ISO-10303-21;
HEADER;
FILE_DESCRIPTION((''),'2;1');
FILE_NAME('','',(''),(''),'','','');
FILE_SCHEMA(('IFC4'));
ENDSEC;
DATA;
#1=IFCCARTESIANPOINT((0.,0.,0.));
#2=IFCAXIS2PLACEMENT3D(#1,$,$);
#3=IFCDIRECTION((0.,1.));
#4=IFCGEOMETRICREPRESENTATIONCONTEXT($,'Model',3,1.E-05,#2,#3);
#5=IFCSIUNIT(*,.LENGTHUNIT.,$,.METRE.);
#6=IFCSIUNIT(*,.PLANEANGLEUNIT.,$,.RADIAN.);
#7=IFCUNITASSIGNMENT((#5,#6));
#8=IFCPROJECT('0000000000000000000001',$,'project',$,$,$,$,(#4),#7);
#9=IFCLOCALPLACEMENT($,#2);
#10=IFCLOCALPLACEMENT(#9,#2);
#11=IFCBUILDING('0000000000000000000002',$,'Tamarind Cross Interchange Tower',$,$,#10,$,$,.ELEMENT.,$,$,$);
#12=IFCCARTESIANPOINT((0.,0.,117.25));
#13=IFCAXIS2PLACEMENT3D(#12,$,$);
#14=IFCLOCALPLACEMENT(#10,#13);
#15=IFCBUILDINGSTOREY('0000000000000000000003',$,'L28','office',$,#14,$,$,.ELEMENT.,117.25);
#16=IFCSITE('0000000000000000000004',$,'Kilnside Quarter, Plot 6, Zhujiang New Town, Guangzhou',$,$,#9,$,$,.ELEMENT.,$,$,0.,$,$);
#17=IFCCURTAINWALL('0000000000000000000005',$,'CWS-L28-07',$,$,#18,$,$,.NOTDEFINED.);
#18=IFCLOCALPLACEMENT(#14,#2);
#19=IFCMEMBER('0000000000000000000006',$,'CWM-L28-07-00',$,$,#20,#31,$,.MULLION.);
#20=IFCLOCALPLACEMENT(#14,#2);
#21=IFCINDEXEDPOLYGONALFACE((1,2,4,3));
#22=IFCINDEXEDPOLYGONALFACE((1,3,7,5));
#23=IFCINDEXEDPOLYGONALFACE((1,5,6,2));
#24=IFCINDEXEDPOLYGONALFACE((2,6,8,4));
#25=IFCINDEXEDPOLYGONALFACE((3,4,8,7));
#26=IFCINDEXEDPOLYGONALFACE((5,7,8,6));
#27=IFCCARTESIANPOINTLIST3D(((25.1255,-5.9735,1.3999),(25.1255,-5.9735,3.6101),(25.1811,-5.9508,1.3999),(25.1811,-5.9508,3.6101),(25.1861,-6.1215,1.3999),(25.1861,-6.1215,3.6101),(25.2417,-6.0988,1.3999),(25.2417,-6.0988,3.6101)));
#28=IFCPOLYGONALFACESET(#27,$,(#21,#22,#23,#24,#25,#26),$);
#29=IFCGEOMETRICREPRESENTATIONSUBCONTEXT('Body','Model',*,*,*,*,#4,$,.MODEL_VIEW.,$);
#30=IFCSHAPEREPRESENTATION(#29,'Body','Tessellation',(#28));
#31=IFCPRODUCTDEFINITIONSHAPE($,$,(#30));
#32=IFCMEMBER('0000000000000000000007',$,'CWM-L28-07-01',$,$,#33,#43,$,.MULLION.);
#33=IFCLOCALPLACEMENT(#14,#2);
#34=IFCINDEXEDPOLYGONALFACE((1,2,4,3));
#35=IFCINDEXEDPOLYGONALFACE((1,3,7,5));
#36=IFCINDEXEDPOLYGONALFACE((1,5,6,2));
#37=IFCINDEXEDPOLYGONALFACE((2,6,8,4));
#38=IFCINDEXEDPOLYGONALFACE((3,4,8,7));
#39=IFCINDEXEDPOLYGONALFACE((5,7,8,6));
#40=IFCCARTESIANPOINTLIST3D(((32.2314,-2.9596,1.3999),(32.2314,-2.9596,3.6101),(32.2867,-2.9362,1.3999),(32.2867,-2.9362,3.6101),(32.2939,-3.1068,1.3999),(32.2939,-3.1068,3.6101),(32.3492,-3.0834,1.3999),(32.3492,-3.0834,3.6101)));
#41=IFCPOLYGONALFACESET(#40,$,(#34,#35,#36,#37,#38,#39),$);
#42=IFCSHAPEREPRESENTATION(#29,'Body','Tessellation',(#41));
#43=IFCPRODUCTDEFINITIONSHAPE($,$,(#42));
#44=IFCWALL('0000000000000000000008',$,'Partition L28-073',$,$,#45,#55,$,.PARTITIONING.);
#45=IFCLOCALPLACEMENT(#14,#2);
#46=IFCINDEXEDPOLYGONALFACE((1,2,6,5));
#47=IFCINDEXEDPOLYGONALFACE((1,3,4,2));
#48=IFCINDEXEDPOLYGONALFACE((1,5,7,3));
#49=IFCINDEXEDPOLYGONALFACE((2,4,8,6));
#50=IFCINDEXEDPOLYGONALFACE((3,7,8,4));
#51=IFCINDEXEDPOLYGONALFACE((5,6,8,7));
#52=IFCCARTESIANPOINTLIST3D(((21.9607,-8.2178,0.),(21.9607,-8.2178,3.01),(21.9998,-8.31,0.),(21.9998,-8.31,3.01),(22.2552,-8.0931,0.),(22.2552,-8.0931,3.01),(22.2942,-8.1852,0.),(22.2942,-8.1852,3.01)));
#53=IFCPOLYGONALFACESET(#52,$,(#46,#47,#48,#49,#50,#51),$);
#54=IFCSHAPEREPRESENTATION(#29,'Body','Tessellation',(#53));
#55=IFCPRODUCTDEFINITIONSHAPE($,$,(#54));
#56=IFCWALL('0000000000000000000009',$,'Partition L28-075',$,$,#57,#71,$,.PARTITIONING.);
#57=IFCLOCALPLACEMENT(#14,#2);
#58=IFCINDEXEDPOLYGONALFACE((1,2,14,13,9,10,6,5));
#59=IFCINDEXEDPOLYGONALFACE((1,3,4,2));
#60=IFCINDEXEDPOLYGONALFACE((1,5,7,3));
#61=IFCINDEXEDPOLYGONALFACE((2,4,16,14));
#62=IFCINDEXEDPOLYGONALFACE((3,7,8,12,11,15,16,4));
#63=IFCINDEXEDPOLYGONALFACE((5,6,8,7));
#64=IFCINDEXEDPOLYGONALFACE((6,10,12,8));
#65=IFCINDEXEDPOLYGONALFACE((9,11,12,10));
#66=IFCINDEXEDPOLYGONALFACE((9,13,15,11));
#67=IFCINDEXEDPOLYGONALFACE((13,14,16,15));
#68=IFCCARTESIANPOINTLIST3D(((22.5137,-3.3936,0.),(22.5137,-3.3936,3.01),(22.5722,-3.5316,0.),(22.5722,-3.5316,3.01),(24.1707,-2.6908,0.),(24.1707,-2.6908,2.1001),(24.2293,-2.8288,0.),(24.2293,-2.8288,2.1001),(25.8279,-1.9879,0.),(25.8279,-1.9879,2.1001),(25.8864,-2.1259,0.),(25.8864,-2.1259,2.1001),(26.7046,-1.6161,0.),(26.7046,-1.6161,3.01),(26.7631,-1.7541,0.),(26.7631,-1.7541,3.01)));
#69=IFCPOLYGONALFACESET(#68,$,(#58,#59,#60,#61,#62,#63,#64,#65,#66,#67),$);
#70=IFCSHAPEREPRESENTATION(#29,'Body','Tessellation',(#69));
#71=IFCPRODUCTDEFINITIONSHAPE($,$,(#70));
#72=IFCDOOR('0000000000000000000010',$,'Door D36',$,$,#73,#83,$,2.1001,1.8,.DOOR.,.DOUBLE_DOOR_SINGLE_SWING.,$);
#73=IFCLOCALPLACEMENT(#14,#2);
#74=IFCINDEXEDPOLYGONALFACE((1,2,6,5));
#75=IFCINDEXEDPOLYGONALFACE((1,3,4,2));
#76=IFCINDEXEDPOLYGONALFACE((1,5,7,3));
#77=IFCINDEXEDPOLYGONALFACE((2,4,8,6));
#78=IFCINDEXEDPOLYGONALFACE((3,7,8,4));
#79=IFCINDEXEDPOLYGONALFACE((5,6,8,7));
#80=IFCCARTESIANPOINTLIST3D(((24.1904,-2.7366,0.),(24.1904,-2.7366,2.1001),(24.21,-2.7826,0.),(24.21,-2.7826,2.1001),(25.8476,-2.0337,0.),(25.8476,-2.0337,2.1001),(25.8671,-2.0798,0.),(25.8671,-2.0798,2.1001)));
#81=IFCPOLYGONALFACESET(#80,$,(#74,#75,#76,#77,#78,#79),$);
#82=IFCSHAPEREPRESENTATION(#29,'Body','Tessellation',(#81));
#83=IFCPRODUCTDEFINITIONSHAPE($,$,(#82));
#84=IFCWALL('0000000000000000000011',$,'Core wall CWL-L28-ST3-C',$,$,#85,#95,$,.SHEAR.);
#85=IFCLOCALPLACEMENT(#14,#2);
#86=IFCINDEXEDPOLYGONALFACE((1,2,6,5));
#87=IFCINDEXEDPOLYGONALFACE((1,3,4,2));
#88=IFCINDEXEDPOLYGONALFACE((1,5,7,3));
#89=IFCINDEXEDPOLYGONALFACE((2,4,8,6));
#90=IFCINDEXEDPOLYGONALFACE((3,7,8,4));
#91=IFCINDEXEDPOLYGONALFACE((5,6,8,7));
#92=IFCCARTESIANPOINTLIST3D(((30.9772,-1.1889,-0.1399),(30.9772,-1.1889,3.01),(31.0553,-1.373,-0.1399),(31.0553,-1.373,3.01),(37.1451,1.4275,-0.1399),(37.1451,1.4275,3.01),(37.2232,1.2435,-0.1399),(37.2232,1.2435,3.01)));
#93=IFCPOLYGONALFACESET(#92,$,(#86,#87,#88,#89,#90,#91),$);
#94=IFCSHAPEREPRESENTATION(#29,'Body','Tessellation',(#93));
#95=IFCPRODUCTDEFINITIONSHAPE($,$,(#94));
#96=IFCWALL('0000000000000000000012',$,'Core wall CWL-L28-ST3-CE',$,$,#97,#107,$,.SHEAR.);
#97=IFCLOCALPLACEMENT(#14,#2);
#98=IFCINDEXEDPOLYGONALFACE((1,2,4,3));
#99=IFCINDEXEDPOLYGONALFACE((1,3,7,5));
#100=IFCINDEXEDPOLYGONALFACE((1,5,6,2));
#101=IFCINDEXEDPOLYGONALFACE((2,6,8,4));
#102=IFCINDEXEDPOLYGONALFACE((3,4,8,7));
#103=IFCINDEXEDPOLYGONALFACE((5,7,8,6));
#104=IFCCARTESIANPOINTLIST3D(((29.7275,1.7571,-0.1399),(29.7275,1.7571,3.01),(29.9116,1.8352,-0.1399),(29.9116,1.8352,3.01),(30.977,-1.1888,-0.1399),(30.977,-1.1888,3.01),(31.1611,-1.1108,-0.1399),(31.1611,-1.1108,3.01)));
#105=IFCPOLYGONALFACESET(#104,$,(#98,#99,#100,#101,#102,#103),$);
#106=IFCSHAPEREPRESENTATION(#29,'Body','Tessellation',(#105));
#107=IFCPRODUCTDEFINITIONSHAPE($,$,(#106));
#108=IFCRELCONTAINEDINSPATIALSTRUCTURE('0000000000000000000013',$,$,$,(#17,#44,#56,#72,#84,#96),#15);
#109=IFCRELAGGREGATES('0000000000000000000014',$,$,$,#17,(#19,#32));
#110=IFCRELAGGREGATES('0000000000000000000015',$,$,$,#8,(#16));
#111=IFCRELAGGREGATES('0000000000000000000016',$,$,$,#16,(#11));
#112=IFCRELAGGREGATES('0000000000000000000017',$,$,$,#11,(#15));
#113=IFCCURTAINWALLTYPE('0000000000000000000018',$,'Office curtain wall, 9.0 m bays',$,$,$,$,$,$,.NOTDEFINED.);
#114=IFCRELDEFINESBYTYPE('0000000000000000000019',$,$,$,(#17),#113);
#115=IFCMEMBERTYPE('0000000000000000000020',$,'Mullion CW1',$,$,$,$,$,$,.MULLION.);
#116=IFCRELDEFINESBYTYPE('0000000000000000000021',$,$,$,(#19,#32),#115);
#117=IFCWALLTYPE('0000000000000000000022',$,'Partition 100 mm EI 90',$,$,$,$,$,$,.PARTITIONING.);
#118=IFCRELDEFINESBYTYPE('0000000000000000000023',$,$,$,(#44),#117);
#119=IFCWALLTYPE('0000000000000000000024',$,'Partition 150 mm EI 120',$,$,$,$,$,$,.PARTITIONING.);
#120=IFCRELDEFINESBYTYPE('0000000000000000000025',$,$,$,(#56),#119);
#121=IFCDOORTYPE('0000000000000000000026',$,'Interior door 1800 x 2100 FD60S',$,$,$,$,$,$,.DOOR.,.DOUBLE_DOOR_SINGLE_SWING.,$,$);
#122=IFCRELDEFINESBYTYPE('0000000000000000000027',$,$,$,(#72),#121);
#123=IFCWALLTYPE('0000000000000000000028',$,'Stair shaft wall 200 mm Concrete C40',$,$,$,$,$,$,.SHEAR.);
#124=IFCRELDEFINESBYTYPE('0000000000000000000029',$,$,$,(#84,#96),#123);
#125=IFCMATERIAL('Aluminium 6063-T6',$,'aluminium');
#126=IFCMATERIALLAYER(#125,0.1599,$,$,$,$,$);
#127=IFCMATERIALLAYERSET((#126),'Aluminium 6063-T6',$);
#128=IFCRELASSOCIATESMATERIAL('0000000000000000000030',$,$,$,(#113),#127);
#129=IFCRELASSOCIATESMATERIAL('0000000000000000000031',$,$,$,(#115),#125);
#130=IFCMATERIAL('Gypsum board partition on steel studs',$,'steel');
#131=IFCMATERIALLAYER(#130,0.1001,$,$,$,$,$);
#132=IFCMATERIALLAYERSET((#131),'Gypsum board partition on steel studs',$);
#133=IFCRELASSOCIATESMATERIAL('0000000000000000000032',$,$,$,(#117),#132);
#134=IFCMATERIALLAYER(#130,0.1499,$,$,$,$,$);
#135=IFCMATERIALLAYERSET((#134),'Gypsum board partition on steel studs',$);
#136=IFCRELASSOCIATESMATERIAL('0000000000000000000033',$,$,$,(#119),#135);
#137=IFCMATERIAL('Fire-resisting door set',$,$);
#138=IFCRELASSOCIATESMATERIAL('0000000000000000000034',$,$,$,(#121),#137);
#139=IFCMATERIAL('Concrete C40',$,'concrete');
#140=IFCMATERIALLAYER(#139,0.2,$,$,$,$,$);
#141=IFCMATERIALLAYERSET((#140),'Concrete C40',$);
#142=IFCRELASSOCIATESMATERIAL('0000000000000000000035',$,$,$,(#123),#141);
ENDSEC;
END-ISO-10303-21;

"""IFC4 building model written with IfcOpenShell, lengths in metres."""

from ifc_helpers import new_model, si_unit, direction, frame, frame_2d, origin, origin_2d, place, context, subcontext, project, spatial, rectangle, extrude, material, layer, layer_set, material_profile, profile_set, type_object, element, fill, aggregate, save


model = new_model("IFC4")

# Units and contexts
model_context = context("Model", 3, precision=1e-05, world=origin(), true_north=direction((0.0, 1.0)))
body_context = subcontext(model_context, "Body", "Model", "MODEL_VIEW")
ifc_project = project(units=[si_unit("LENGTHUNIT", "METRE"), si_unit("PLANEANGLEUNIT", "RADIAN")], contexts=[model_context])

# Site, building, storey
site_placement = place(None, origin())
site = spatial("IfcSite", under=ifc_project, at=site_placement, Name="Kilnside Quarter, Plot 6, Zhujiang New Town, Guangzhou", CompositionType="ELEMENT", RefElevation=0.0)
building_placement = place(site_placement, origin())
building = spatial("IfcBuilding", under=site, at=building_placement, Name="Tamarind Cross Interchange Tower", CompositionType="ELEMENT")
storey_placement = place(building_placement, frame((0.0, 0.0, 117.25)))
storey = spatial("IfcBuildingStorey", under=building, at=storey_placement, Name="L28", Description="office", CompositionType="ELEMENT", Elevation=117.25)

# Curtain wall, members
ifc_material_1 = material(Name="Aluminium 6063-T6", Category="aluminium")
ifc_layer_1 = layer(ifc_material_1, 0.1599)
ifc_layer_set_1 = layer_set([ifc_layer_1], Name="Aluminium 6063-T6")
curtain_wall_type = type_object("IfcCurtainWallType", Name="Office curtain wall, 9.0 m bays", PredefinedType="NOTDEFINED", material=ifc_layer_set_1)
curtain_wall_placement = place(storey_placement, origin())
curtain_wall = element("IfcCurtainWall", 1, at=curtain_wall_placement, inside=storey, type_object=curtain_wall_type, Name="CWS-L28-07", PredefinedType="NOTDEFINED")
ifc_material_profile_1 = material_profile(ifc_material_1, rectangle(XDim=0.0601, YDim=0.1599, at=origin_2d()), Name="Mullion CW1")
ifc_profile_set_1 = profile_set([ifc_material_profile_1], Name="Aluminium 6063-T6")
member_type = type_object("IfcMemberType", Name="Mullion CW1", PredefinedType="MULLION", material=ifc_profile_set_1)
member_1_placement = place(storey_placement, frame((25.1836, -6.0361, 1.3999), z_axis=(0.0, 0.0, 1.0), x_axis=(0.925507, 0.378731, 0.0)))
member_1 = element("IfcMember", 2, at=member_1_placement, type_object=member_type, Name="CWM-L28-07-00", PredefinedType="MULLION", context=body_context, shape_type="SweptSolid", body=[
    extrude(rectangle(XDim=0.0601, YDim=0.1599, at=origin_2d()), origin(), (0.0, 0.0, 1.0), 2.2102),
])
member_2_placement = place(storey_placement, frame((32.2903, -3.0215, 1.3999), z_axis=(0.0, 0.0, 1.0), x_axis=(0.920603, 0.3905, 0.0)))
member_2 = element("IfcMember", 3, at=member_2_placement, type_object=member_type, Name="CWM-L28-07-01", PredefinedType="MULLION", context=body_context, shape_type="SweptSolid", body=[
    extrude(rectangle(XDim=0.0601, YDim=0.1599, at=origin_2d()), origin(), (0.0, 0.0, 1.0), 2.2102),
])
aggregate(curtain_wall, [member_1, member_2])

# Wall
ifc_material_2 = material(Name="Gypsum board partition on steel studs", Category="steel")
ifc_layer_2 = layer(ifc_material_2, 0.1001)
ifc_layer_set_2 = layer_set([ifc_layer_2], Name="Gypsum board partition on steel studs")
wall_type_1 = type_object("IfcWallType", Name="Partition 100 mm EI 90", PredefinedType="PARTITIONING", material=ifc_layer_set_2)
wall_1_placement = place(storey_placement, frame((21.9802, -8.2639, 0.0), z_axis=(0.0, 0.0, 1.0), x_axis=(0.920756, 0.390138, 0.0)))
element("IfcWall", 4, at=wall_1_placement, inside=storey, type_object=wall_type_1, Name="Partition L28-073", PredefinedType="PARTITIONING", context=body_context, shape_type="SweptSolid", body=[
    extrude(rectangle(XDim=0.3198, YDim=0.1001, at=frame_2d((0.1599, 0.0))), origin(), (0.0, 0.0, 1.0), 3.01),
])

# Wall, opening, door
ifc_layer_3 = layer(ifc_material_2, 0.1499)
ifc_layer_set_3 = layer_set([ifc_layer_3], Name="Gypsum board partition on steel studs")
wall_type_2 = type_object("IfcWallType", Name="Partition 150 mm EI 120", PredefinedType="PARTITIONING", material=ifc_layer_set_3)
wall_2_placement = place(storey_placement, frame((22.543, -3.4626, 0.0), z_axis=(0.0, 0.0, 1.0), x_axis=(0.920612, 0.39048, 0.0)))
wall_2 = element("IfcWall", 5, at=wall_2_placement, inside=storey, type_object=wall_type_2, Name="Partition L28-075", PredefinedType="PARTITIONING", context=body_context, shape_type="SweptSolid", body=[
    extrude(rectangle(XDim=4.5522, YDim=0.1499, at=frame_2d((2.2761, 0.0))), origin(), (0.0, 0.0, 1.0), 3.01),
])
opening_placement = place(wall_2_placement, frame((1.8, 0.0, 0.0)))
opening = element("IfcOpeningElement", 6, at=opening_placement, cuts=wall_2, PredefinedType="OPENING", context=body_context, shape_type="SweptSolid", body=[
    extrude(rectangle(XDim=1.8, YDim=2.1001, at=frame_2d((0.8999, 1.05))), frame((0.0, 0.085, 0.0), z_axis=(0.0, -1.0, 0.0), x_axis=(1.0, 0.0, 0.0)), (0.0, 0.0, 1.0), 0.1699),
])
ifc_material_3 = material(Name="Fire-resisting door set")
door_type = type_object("IfcDoorType", Name="Interior door 1800 x 2100 FD60S", OperationType="DOUBLE_DOOR_SINGLE_SWING", PredefinedType="DOOR", material=ifc_material_3)
door_placement = place(opening_placement, frame((1.8, 0.0, 0.0), z_axis=(0.0, 0.0, 1.0), x_axis=(-1.0, 0.0, 0.0)))
door = element("IfcDoor", 7, at=door_placement, inside=storey, type_object=door_type, Name="Door D36", OperationType="DOUBLE_DOOR_SINGLE_SWING", OverallHeight=2.1001, OverallWidth=1.8, PredefinedType="DOOR", context=body_context, shape_type="SweptSolid", body=[
    extrude(rectangle(XDim=1.8, YDim=2.1001, at=frame_2d((0.8999, 1.05))), frame((0.0, 0.0249, 0.0), z_axis=(0.0, -1.0, 0.0), x_axis=(1.0, 0.0, 0.0)), (0.0, 0.0, 1.0), 0.05),
])
fill(opening, door)

# Walls
ifc_material_4 = material(Name="Concrete C40", Category="concrete")
ifc_layer_4 = layer(ifc_material_4, 0.2)
ifc_layer_set_4 = layer_set([ifc_layer_4], Name="Concrete C40")
wall_type_3 = type_object("IfcWallType", Name="Stair shaft wall 200 mm Concrete C40", PredefinedType="SHEAR", material=ifc_layer_set_4)
wall_3_placement = place(storey_placement, frame((31.0161, -1.281, -0.1399), z_axis=(0.0, 0.0, 1.0), x_axis=(0.920596, 0.390517, 0.0)))
element("IfcWall", 8, at=wall_3_placement, inside=storey, type_object=wall_type_3, Name="Core wall CWL-L28-ST3-C", PredefinedType="SHEAR", context=body_context, shape_type="SweptSolid", body=[
    extrude(rectangle(XDim=6.7, YDim=0.2, at=frame_2d((3.3501, 0.0))), origin(), (0.0, 0.0, 1.0), 3.1499),
])
wall_4_placement = place(storey_placement, frame((31.0691, -1.1499, -0.1399), z_axis=(0.0, 0.0, 1.0), x_axis=(-0.390464, 0.920618, 0.0)))
element("IfcWall", 9, at=wall_4_placement, inside=storey, type_object=wall_type_3, Name="Core wall CWL-L28-ST3-CE", PredefinedType="SHEAR", context=body_context, shape_type="SweptSolid", body=[
    extrude(rectangle(XDim=3.2, YDim=0.2, at=frame_2d((1.6001, 0.0))), origin(), (0.0, 0.0, 1.0), 3.1499),
])

save(model, "model.ifc")
